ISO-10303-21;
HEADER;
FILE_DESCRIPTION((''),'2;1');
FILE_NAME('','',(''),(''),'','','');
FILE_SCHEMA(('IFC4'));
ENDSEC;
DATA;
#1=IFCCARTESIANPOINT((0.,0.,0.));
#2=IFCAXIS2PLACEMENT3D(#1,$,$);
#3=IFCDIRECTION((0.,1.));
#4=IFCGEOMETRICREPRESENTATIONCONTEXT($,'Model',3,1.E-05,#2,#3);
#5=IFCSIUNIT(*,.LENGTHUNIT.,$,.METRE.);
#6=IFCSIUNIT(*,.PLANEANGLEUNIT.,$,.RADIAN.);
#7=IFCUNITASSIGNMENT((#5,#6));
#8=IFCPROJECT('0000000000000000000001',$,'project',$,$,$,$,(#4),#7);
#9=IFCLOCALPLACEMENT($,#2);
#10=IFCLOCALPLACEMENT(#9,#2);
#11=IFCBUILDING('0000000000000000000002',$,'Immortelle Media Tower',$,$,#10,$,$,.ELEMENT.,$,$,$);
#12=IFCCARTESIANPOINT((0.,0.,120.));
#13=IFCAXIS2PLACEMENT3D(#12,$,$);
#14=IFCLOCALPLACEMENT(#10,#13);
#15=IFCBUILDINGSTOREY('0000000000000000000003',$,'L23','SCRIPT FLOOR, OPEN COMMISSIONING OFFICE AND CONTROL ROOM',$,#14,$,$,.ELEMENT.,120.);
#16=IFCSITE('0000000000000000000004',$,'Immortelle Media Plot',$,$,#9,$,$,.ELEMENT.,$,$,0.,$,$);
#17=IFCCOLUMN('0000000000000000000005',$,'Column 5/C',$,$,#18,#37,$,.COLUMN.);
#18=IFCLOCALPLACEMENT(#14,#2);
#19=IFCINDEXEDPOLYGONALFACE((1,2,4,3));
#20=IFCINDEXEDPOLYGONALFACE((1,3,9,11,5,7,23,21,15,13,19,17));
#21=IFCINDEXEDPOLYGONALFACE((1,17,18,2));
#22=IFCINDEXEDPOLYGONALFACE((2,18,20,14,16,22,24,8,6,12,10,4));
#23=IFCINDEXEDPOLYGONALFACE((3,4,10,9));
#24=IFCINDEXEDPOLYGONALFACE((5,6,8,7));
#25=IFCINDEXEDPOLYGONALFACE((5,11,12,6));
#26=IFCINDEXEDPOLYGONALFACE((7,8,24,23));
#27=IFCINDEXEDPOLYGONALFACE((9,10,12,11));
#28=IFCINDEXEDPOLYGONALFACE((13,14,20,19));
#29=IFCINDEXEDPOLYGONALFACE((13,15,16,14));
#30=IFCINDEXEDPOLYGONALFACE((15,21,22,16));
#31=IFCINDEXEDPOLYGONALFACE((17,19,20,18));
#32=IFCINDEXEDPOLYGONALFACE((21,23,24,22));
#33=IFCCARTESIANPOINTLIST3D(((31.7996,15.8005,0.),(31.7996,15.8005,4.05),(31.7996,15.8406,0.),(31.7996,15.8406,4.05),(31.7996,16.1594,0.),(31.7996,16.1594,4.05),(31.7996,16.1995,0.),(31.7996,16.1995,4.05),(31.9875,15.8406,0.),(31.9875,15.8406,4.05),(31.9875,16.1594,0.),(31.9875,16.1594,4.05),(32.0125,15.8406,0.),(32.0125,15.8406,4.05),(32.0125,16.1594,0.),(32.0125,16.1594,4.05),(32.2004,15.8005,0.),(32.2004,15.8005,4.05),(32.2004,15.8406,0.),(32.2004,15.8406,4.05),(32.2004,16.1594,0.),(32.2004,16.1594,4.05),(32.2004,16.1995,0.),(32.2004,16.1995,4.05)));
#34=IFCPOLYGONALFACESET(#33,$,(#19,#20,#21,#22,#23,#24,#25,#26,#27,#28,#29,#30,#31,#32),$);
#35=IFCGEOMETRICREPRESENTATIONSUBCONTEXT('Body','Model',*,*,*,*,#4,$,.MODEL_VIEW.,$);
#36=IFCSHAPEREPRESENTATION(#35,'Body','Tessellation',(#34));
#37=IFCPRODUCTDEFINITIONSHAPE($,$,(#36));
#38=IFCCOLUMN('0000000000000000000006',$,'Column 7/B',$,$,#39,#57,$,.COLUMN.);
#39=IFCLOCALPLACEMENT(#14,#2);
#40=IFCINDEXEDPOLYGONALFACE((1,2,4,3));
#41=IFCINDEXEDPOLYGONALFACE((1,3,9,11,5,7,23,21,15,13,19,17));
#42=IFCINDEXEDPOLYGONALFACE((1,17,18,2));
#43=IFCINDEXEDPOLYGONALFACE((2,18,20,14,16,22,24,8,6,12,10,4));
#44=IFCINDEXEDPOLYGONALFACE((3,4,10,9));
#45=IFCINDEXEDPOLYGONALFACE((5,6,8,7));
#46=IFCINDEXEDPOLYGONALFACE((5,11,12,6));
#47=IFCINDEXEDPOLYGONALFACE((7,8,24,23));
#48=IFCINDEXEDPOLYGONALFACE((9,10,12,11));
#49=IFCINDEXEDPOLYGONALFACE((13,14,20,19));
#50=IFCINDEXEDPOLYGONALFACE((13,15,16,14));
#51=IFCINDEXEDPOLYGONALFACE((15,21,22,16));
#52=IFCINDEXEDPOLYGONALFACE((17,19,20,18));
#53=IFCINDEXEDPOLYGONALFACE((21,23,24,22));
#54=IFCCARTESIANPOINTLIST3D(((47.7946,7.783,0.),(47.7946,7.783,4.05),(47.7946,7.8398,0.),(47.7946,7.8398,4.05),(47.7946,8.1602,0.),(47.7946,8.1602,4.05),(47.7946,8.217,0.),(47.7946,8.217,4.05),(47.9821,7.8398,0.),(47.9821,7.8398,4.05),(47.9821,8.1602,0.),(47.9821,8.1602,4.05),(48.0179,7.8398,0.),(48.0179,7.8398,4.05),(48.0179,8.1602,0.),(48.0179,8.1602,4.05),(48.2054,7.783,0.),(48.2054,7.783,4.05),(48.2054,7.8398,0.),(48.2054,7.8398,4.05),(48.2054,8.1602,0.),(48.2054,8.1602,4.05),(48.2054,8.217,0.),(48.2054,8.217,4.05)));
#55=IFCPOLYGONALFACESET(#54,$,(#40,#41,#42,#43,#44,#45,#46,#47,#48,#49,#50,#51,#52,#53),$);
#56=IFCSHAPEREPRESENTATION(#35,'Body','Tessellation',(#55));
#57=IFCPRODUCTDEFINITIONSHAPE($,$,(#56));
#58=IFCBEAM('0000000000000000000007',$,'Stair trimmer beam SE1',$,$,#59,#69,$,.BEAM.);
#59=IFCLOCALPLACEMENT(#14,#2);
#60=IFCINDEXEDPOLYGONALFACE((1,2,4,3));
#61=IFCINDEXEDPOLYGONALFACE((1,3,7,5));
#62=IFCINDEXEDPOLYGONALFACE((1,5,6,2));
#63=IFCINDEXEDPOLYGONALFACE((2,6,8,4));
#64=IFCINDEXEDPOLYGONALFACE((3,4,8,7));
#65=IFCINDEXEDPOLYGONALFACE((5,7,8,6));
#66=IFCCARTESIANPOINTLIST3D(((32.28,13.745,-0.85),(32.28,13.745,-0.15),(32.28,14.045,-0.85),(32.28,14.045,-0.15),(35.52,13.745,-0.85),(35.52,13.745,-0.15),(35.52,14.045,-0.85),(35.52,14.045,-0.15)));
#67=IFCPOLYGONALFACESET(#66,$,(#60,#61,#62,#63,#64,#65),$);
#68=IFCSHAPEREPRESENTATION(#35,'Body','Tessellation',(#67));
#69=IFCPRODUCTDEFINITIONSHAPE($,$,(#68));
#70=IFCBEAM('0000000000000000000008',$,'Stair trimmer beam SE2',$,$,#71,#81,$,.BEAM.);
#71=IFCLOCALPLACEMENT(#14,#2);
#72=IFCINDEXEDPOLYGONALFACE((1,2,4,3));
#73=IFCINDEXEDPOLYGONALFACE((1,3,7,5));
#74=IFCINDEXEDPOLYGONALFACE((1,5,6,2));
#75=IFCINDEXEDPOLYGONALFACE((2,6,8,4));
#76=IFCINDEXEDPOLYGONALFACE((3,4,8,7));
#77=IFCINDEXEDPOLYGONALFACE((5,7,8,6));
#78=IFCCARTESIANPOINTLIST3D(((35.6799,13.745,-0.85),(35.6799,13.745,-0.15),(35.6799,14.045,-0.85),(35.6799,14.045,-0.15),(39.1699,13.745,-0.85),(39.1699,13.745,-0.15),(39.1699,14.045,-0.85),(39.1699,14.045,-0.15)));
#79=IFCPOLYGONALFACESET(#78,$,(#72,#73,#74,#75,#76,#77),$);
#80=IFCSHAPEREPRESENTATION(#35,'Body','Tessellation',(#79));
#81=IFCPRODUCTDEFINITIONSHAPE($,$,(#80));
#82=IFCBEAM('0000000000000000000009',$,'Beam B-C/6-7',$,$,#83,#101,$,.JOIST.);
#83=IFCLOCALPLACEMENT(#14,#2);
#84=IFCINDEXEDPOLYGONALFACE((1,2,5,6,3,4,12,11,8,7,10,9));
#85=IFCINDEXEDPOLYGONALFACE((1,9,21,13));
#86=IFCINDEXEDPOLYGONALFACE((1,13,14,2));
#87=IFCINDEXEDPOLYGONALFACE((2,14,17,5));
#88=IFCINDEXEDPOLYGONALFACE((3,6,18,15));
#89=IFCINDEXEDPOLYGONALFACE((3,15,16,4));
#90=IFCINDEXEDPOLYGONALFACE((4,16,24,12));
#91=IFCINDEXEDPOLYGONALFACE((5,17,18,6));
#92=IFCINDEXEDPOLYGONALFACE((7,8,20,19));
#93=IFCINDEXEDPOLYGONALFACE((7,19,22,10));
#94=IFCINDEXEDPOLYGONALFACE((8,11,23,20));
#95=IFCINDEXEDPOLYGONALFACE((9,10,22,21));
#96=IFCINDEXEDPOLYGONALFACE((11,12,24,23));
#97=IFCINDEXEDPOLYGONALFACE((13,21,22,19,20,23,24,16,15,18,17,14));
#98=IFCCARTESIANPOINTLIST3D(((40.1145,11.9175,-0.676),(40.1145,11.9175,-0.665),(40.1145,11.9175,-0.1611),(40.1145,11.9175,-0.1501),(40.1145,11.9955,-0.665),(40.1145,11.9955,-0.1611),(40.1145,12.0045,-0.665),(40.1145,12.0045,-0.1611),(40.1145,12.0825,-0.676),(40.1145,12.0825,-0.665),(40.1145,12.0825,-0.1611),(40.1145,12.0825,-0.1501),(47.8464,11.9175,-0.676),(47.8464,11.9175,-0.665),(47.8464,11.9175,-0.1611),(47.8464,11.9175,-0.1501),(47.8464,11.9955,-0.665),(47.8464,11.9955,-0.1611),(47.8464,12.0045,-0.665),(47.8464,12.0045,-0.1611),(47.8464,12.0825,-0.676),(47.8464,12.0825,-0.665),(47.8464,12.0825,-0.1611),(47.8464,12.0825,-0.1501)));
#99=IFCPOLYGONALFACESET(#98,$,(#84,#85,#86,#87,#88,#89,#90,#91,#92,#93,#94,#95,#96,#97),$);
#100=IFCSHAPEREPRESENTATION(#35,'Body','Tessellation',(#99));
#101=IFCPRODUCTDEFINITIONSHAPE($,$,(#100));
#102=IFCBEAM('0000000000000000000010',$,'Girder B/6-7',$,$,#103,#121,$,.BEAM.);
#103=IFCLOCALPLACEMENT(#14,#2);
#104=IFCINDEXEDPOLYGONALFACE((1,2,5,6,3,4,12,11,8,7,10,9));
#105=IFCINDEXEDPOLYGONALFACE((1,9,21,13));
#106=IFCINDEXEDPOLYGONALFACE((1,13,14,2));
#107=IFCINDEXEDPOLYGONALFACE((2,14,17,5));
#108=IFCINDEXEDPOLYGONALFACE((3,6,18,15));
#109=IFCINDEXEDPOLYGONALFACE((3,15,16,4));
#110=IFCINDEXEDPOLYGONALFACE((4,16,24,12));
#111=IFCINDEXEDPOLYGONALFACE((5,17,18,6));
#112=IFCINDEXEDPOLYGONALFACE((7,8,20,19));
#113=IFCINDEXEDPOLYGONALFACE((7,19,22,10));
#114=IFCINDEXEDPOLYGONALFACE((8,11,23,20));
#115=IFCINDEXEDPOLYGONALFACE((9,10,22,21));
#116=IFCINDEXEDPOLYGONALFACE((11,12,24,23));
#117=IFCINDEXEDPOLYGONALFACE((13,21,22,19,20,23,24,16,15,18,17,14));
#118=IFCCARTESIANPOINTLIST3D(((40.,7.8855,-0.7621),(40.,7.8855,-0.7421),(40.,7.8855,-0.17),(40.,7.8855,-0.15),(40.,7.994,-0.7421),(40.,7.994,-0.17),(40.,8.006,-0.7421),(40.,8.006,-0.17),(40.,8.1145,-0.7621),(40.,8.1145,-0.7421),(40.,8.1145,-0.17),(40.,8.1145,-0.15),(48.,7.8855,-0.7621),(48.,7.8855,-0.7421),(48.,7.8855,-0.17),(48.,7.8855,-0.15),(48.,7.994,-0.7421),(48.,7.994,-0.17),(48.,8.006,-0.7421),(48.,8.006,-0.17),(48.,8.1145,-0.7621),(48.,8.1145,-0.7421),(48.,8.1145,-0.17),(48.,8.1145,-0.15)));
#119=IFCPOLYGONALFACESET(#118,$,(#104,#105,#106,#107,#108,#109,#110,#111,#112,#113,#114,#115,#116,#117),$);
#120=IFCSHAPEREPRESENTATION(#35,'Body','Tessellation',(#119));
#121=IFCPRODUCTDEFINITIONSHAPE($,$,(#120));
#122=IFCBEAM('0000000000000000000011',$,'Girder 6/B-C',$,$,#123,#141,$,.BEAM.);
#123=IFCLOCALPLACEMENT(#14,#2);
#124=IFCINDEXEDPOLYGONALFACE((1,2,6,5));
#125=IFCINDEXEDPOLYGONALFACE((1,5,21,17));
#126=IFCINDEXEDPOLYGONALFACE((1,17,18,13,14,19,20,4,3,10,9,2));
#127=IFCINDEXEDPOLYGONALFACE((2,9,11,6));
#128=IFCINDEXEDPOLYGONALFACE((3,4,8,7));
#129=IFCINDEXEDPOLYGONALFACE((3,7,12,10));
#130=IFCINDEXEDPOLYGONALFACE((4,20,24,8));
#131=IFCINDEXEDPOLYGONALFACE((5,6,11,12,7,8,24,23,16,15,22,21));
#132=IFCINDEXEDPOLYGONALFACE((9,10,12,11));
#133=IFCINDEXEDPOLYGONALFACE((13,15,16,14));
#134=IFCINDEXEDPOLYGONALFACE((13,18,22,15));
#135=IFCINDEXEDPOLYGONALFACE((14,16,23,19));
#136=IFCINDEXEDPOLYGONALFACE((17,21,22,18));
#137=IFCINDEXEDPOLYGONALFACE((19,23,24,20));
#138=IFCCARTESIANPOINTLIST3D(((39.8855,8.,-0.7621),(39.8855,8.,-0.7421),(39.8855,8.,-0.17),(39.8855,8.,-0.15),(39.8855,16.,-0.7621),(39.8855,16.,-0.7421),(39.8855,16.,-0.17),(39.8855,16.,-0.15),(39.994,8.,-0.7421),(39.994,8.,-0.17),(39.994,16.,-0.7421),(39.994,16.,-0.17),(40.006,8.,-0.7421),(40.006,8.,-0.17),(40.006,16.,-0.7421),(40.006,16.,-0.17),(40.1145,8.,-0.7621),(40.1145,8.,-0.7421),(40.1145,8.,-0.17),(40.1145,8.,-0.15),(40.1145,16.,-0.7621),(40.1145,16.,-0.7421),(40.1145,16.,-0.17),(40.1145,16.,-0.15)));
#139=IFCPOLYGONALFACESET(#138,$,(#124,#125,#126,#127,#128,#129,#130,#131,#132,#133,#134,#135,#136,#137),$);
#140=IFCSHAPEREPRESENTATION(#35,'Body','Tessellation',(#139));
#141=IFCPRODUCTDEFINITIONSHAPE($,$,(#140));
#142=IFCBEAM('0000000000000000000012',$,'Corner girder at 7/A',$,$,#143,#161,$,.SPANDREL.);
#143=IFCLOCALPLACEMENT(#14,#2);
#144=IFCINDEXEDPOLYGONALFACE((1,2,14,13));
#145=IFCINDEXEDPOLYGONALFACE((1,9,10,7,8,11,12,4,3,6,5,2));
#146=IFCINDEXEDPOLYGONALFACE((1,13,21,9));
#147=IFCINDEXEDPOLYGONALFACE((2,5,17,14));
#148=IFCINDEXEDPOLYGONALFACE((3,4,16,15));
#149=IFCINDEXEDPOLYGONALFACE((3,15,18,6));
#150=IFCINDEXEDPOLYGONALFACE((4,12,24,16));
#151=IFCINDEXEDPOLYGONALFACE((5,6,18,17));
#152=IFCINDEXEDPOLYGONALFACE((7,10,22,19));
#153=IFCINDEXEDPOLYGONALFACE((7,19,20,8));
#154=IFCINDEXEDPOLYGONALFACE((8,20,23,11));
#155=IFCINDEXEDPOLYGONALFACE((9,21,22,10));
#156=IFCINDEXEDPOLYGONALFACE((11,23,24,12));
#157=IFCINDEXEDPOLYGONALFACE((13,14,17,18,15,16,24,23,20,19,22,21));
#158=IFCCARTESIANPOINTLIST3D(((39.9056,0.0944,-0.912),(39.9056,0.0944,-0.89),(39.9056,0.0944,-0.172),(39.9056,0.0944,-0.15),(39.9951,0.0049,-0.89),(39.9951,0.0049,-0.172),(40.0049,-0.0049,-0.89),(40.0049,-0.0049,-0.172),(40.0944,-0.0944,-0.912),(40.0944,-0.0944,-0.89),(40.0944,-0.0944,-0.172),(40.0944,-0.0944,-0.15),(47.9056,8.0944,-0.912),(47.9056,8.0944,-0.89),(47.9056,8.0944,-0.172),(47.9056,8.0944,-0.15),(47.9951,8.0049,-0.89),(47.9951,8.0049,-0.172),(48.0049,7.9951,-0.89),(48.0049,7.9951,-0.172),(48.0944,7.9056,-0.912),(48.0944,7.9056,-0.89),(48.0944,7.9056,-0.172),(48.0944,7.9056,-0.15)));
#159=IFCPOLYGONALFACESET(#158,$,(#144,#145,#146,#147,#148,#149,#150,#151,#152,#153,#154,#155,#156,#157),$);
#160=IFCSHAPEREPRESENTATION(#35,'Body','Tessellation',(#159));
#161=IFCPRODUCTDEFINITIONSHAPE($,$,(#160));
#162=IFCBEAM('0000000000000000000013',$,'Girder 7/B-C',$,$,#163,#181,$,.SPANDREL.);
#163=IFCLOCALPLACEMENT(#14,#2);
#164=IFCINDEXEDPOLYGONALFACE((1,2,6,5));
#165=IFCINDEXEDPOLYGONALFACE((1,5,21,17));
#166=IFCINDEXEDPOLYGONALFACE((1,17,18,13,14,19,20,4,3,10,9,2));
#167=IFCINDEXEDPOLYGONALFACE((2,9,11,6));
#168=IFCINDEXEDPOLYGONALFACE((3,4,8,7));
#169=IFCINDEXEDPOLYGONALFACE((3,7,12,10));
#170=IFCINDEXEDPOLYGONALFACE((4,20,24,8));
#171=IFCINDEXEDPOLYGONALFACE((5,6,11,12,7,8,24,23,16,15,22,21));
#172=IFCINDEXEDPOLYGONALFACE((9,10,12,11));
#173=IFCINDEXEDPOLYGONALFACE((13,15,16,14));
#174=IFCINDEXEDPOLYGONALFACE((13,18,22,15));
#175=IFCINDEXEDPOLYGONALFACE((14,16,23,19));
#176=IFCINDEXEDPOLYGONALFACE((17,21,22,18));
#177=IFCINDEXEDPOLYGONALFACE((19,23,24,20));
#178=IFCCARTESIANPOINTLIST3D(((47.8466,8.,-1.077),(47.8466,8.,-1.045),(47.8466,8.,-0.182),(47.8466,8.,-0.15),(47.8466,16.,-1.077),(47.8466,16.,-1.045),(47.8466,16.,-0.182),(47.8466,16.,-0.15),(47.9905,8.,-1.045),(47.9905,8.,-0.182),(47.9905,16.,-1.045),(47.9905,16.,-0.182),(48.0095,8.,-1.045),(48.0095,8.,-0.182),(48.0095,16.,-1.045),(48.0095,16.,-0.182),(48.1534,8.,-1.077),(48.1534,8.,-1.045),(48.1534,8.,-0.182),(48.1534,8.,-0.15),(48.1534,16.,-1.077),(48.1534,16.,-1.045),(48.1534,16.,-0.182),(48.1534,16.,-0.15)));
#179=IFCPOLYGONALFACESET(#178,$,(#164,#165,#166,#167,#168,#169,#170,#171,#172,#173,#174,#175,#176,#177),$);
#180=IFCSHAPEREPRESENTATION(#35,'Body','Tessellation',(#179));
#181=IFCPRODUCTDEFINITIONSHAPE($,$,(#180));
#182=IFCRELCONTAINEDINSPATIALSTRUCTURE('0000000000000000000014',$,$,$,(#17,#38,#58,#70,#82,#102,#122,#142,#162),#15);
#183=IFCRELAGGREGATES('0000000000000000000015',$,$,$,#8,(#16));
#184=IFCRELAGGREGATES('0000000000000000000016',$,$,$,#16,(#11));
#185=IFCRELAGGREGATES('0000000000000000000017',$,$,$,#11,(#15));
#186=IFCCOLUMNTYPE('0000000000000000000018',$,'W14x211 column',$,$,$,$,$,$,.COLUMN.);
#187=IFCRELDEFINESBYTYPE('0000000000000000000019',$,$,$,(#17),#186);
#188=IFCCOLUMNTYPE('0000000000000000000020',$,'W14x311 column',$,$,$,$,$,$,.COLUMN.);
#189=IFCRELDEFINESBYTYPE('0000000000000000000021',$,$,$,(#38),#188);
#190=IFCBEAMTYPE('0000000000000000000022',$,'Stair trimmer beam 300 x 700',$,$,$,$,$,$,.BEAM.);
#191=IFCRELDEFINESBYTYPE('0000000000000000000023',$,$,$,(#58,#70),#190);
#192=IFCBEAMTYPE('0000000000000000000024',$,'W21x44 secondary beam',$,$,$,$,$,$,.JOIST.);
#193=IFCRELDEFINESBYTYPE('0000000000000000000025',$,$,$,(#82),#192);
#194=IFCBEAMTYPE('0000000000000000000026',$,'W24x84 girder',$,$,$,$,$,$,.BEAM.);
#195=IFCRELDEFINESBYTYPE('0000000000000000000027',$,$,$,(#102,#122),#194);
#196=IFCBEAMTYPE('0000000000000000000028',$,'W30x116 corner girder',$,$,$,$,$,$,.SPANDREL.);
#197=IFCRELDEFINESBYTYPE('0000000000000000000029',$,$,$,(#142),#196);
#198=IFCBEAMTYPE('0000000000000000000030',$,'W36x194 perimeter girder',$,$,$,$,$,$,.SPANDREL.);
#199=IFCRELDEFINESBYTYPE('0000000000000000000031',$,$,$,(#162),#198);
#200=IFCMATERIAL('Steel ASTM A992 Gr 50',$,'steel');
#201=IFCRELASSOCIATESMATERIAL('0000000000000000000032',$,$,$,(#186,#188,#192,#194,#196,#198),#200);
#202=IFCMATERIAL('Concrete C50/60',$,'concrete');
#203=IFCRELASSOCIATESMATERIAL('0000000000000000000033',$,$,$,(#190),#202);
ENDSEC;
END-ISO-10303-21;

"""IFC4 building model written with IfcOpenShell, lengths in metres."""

from ifc_helpers import new_model, si_unit, direction, frame, origin, origin_2d, place, context, subcontext, project, spatial, rectangle, i_section, extrude, material, material_profile, profile_set, type_object, element, save


model = new_model("IFC4")

# Units and contexts
model_context = context("Model", 3, precision=1e-05, world=origin(), true_north=direction((0.0, 1.0)))
body_context = subcontext(model_context, "Body", "Model", "MODEL_VIEW")
ifc_project = project(units=[si_unit("LENGTHUNIT", "METRE"), si_unit("PLANEANGLEUNIT", "RADIAN")], contexts=[model_context])

# Site, building, storey
site_placement = place(None, origin())
site = spatial("IfcSite", under=ifc_project, at=site_placement, Name="Immortelle Media Plot", CompositionType="ELEMENT", RefElevation=0.0)
building_placement = place(site_placement, origin())
building = spatial("IfcBuilding", under=site, at=building_placement, Name="Immortelle Media Tower", CompositionType="ELEMENT")
storey_placement = place(building_placement, frame((0.0, 0.0, 120.0)))
storey = spatial("IfcBuildingStorey", under=building, at=storey_placement, Name="L23", Description="SCRIPT FLOOR, OPEN COMMISSIONING OFFICE AND CONTROL ROOM", CompositionType="ELEMENT", Elevation=120.0)

# Columns
ifc_material_1 = material(Name="Steel ASTM A992 Gr 50", Category="steel")
ifc_material_profile_1 = material_profile(ifc_material_1, i_section(OverallWidth=0.4009, OverallDepth=0.3989, WebThickness=0.0249, FlangeThickness=0.04, at=origin_2d()), Name="W14x211")
ifc_profile_set_1 = profile_set([ifc_material_profile_1], Name="Steel ASTM A992 Gr 50")
column_type_1 = type_object("IfcColumnType", Name="W14x211 column", PredefinedType="COLUMN", material=ifc_profile_set_1)
column_1_placement = place(storey_placement, frame((32.0, 16.0, 0.0), z_axis=(0.0, 0.0, 1.0), x_axis=(1.0, 0.0, 0.0)))
element("IfcColumn", 1, at=column_1_placement, inside=storey, type_object=column_type_1, Name="Column 5/C", PredefinedType="COLUMN", context=body_context, shape_type="SweptSolid", body=[
    extrude(i_section(OverallWidth=0.4009, OverallDepth=0.3989, WebThickness=0.0249, FlangeThickness=0.04, at=origin_2d()), origin(), (0.0, 0.0, 1.0), 4.05),
])
ifc_material_profile_2 = material_profile(ifc_material_1, i_section(OverallWidth=0.4109, OverallDepth=0.4341, WebThickness=0.0359, FlangeThickness=0.0569, at=origin_2d()), Name="W14x311")
ifc_profile_set_2 = profile_set([ifc_material_profile_2], Name="Steel ASTM A992 Gr 50")
column_type_2 = type_object("IfcColumnType", Name="W14x311 column", PredefinedType="COLUMN", material=ifc_profile_set_2)
column_2_placement = place(storey_placement, frame((48.0, 8.0, 0.0), z_axis=(0.0, 0.0, 1.0), x_axis=(1.0, 0.0, 0.0)))
element("IfcColumn", 2, at=column_2_placement, inside=storey, type_object=column_type_2, Name="Column 7/B", PredefinedType="COLUMN", context=body_context, shape_type="SweptSolid", body=[
    extrude(i_section(OverallWidth=0.4109, OverallDepth=0.4341, WebThickness=0.0359, FlangeThickness=0.0569, at=origin_2d()), origin(), (0.0, 0.0, 1.0), 4.05),
])

# Beams
ifc_material_2 = material(Name="Concrete C50/60", Category="concrete")
ifc_material_profile_3 = material_profile(ifc_material_2, rectangle(XDim=0.3, YDim=0.7, at=origin_2d()), Name="RC 300x700")
ifc_profile_set_3 = profile_set([ifc_material_profile_3], Name="Concrete C50/60")
beam_type_1 = type_object("IfcBeamType", Name="Stair trimmer beam 300 x 700", PredefinedType="BEAM", material=ifc_profile_set_3)
beam_1_placement = place(storey_placement, frame((32.28, 13.895, -0.5), z_axis=(1.0, 0.0, 0.0), x_axis=(0.0, 1.0, 0.0)))
element("IfcBeam", 3, at=beam_1_placement, inside=storey, type_object=beam_type_1, Name="Stair trimmer beam SE1", PredefinedType="BEAM", context=body_context, shape_type="SweptSolid", body=[
    extrude(rectangle(XDim=0.3, YDim=0.7, at=origin_2d()), origin(), (0.0, 0.0, 1.0), 3.24),
])
beam_2_placement = place(storey_placement, frame((35.6799, 13.895, -0.5), z_axis=(1.0, 0.0, 0.0), x_axis=(0.0, 1.0, 0.0)))
element("IfcBeam", 4, at=beam_2_placement, inside=storey, type_object=beam_type_1, Name="Stair trimmer beam SE2", PredefinedType="BEAM", context=body_context, shape_type="SweptSolid", body=[
    extrude(rectangle(XDim=0.3, YDim=0.7, at=origin_2d()), origin(), (0.0, 0.0, 1.0), 3.49),
])
ifc_material_profile_4 = material_profile(ifc_material_1, i_section(OverallWidth=0.165, OverallDepth=0.5259, WebThickness=0.009, FlangeThickness=0.011, at=origin_2d()), Name="W21x44")
ifc_profile_set_4 = profile_set([ifc_material_profile_4], Name="Steel ASTM A992 Gr 50")
beam_type_2 = type_object("IfcBeamType", Name="W21x44 secondary beam", PredefinedType="JOIST", material=ifc_profile_set_4)
beam_3_placement = place(storey_placement, frame((40.1145, 12.0, -0.4131), z_axis=(1.0, 0.0, 0.0), x_axis=(0.0, 1.0, 0.0)))
element("IfcBeam", 5, at=beam_3_placement, inside=storey, type_object=beam_type_2, Name="Beam B-C/6-7", PredefinedType="JOIST", context=body_context, shape_type="SweptSolid", body=[
    extrude(i_section(OverallWidth=0.165, OverallDepth=0.5259, WebThickness=0.009, FlangeThickness=0.011, at=origin_2d()), origin(), (0.0, 0.0, 1.0), 7.7319),
])
ifc_material_profile_5 = material_profile(ifc_material_1, i_section(OverallWidth=0.229, OverallDepth=0.6121, WebThickness=0.012, FlangeThickness=0.02, at=origin_2d()), Name="W24x84")
ifc_profile_set_5 = profile_set([ifc_material_profile_5], Name="Steel ASTM A992 Gr 50")
beam_type_3 = type_object("IfcBeamType", Name="W24x84 girder", PredefinedType="BEAM", material=ifc_profile_set_5)
for number, where, z_axis, x_axis, name in (
    (6, (40.0, 8.0, -0.4561), (1.0, 0.0, 0.0), (0.0, 1.0, 0.0), "Girder B/6-7"),
    (7, (40.0, 8.0, -0.4561), (0.0, 1.0, 0.0), (-1.0, 0.0, 0.0), "Girder 6/B-C"),
):
    element("IfcBeam", number, at=place(storey_placement, frame(where, z_axis=z_axis, x_axis=x_axis)), inside=storey, type_object=beam_type_3, Name=name, PredefinedType="BEAM", context=body_context, shape_type="SweptSolid", body=[
        extrude(i_section(OverallWidth=0.229, OverallDepth=0.6121, WebThickness=0.012, FlangeThickness=0.02, at=origin_2d()), origin(), (0.0, 0.0, 1.0), 8.0),
    ])
ifc_material_profile_6 = material_profile(ifc_material_1, i_section(OverallWidth=0.2671, OverallDepth=0.762, WebThickness=0.0139, FlangeThickness=0.022, at=origin_2d()), Name="W30x116")
ifc_profile_set_6 = profile_set([ifc_material_profile_6], Name="Steel ASTM A992 Gr 50")
beam_type_4 = type_object("IfcBeamType", Name="W30x116 corner girder", PredefinedType="SPANDREL", material=ifc_profile_set_6)
beam_4_placement = place(storey_placement, frame((48.0, 8.0, -0.531), z_axis=(-0.707107, -0.707107, 0.0), x_axis=(0.707107, -0.707107, 0.0)))
element("IfcBeam", 8, at=beam_4_placement, inside=storey, type_object=beam_type_4, Name="Corner girder at 7/A", PredefinedType="SPANDREL", context=body_context, shape_type="SweptSolid", body=[
    extrude(i_section(OverallWidth=0.2671, OverallDepth=0.762, WebThickness=0.0139, FlangeThickness=0.022, at=origin_2d()), origin(), (0.0, 0.0, 1.0), 11.3137),
])
ifc_material_profile_7 = material_profile(ifc_material_1, i_section(OverallWidth=0.3069, OverallDepth=0.927, WebThickness=0.019, FlangeThickness=0.032, at=origin_2d()), Name="W36x194")
ifc_profile_set_7 = profile_set([ifc_material_profile_7], Name="Steel ASTM A992 Gr 50")
beam_type_5 = type_object("IfcBeamType", Name="W36x194 perimeter girder", PredefinedType="SPANDREL", material=ifc_profile_set_7)
beam_5_placement = place(storey_placement, frame((48.0, 8.0, -0.6135), z_axis=(0.0, 1.0, 0.0), x_axis=(-1.0, 0.0, 0.0)))
element("IfcBeam", 9, at=beam_5_placement, inside=storey, type_object=beam_type_5, Name="Girder 7/B-C", PredefinedType="SPANDREL", context=body_context, shape_type="SweptSolid", body=[
    extrude(i_section(OverallWidth=0.3069, OverallDepth=0.927, WebThickness=0.019, FlangeThickness=0.032, at=origin_2d()), origin(), (0.0, 0.0, 1.0), 8.0),
])

save(model, "model.ifc")
